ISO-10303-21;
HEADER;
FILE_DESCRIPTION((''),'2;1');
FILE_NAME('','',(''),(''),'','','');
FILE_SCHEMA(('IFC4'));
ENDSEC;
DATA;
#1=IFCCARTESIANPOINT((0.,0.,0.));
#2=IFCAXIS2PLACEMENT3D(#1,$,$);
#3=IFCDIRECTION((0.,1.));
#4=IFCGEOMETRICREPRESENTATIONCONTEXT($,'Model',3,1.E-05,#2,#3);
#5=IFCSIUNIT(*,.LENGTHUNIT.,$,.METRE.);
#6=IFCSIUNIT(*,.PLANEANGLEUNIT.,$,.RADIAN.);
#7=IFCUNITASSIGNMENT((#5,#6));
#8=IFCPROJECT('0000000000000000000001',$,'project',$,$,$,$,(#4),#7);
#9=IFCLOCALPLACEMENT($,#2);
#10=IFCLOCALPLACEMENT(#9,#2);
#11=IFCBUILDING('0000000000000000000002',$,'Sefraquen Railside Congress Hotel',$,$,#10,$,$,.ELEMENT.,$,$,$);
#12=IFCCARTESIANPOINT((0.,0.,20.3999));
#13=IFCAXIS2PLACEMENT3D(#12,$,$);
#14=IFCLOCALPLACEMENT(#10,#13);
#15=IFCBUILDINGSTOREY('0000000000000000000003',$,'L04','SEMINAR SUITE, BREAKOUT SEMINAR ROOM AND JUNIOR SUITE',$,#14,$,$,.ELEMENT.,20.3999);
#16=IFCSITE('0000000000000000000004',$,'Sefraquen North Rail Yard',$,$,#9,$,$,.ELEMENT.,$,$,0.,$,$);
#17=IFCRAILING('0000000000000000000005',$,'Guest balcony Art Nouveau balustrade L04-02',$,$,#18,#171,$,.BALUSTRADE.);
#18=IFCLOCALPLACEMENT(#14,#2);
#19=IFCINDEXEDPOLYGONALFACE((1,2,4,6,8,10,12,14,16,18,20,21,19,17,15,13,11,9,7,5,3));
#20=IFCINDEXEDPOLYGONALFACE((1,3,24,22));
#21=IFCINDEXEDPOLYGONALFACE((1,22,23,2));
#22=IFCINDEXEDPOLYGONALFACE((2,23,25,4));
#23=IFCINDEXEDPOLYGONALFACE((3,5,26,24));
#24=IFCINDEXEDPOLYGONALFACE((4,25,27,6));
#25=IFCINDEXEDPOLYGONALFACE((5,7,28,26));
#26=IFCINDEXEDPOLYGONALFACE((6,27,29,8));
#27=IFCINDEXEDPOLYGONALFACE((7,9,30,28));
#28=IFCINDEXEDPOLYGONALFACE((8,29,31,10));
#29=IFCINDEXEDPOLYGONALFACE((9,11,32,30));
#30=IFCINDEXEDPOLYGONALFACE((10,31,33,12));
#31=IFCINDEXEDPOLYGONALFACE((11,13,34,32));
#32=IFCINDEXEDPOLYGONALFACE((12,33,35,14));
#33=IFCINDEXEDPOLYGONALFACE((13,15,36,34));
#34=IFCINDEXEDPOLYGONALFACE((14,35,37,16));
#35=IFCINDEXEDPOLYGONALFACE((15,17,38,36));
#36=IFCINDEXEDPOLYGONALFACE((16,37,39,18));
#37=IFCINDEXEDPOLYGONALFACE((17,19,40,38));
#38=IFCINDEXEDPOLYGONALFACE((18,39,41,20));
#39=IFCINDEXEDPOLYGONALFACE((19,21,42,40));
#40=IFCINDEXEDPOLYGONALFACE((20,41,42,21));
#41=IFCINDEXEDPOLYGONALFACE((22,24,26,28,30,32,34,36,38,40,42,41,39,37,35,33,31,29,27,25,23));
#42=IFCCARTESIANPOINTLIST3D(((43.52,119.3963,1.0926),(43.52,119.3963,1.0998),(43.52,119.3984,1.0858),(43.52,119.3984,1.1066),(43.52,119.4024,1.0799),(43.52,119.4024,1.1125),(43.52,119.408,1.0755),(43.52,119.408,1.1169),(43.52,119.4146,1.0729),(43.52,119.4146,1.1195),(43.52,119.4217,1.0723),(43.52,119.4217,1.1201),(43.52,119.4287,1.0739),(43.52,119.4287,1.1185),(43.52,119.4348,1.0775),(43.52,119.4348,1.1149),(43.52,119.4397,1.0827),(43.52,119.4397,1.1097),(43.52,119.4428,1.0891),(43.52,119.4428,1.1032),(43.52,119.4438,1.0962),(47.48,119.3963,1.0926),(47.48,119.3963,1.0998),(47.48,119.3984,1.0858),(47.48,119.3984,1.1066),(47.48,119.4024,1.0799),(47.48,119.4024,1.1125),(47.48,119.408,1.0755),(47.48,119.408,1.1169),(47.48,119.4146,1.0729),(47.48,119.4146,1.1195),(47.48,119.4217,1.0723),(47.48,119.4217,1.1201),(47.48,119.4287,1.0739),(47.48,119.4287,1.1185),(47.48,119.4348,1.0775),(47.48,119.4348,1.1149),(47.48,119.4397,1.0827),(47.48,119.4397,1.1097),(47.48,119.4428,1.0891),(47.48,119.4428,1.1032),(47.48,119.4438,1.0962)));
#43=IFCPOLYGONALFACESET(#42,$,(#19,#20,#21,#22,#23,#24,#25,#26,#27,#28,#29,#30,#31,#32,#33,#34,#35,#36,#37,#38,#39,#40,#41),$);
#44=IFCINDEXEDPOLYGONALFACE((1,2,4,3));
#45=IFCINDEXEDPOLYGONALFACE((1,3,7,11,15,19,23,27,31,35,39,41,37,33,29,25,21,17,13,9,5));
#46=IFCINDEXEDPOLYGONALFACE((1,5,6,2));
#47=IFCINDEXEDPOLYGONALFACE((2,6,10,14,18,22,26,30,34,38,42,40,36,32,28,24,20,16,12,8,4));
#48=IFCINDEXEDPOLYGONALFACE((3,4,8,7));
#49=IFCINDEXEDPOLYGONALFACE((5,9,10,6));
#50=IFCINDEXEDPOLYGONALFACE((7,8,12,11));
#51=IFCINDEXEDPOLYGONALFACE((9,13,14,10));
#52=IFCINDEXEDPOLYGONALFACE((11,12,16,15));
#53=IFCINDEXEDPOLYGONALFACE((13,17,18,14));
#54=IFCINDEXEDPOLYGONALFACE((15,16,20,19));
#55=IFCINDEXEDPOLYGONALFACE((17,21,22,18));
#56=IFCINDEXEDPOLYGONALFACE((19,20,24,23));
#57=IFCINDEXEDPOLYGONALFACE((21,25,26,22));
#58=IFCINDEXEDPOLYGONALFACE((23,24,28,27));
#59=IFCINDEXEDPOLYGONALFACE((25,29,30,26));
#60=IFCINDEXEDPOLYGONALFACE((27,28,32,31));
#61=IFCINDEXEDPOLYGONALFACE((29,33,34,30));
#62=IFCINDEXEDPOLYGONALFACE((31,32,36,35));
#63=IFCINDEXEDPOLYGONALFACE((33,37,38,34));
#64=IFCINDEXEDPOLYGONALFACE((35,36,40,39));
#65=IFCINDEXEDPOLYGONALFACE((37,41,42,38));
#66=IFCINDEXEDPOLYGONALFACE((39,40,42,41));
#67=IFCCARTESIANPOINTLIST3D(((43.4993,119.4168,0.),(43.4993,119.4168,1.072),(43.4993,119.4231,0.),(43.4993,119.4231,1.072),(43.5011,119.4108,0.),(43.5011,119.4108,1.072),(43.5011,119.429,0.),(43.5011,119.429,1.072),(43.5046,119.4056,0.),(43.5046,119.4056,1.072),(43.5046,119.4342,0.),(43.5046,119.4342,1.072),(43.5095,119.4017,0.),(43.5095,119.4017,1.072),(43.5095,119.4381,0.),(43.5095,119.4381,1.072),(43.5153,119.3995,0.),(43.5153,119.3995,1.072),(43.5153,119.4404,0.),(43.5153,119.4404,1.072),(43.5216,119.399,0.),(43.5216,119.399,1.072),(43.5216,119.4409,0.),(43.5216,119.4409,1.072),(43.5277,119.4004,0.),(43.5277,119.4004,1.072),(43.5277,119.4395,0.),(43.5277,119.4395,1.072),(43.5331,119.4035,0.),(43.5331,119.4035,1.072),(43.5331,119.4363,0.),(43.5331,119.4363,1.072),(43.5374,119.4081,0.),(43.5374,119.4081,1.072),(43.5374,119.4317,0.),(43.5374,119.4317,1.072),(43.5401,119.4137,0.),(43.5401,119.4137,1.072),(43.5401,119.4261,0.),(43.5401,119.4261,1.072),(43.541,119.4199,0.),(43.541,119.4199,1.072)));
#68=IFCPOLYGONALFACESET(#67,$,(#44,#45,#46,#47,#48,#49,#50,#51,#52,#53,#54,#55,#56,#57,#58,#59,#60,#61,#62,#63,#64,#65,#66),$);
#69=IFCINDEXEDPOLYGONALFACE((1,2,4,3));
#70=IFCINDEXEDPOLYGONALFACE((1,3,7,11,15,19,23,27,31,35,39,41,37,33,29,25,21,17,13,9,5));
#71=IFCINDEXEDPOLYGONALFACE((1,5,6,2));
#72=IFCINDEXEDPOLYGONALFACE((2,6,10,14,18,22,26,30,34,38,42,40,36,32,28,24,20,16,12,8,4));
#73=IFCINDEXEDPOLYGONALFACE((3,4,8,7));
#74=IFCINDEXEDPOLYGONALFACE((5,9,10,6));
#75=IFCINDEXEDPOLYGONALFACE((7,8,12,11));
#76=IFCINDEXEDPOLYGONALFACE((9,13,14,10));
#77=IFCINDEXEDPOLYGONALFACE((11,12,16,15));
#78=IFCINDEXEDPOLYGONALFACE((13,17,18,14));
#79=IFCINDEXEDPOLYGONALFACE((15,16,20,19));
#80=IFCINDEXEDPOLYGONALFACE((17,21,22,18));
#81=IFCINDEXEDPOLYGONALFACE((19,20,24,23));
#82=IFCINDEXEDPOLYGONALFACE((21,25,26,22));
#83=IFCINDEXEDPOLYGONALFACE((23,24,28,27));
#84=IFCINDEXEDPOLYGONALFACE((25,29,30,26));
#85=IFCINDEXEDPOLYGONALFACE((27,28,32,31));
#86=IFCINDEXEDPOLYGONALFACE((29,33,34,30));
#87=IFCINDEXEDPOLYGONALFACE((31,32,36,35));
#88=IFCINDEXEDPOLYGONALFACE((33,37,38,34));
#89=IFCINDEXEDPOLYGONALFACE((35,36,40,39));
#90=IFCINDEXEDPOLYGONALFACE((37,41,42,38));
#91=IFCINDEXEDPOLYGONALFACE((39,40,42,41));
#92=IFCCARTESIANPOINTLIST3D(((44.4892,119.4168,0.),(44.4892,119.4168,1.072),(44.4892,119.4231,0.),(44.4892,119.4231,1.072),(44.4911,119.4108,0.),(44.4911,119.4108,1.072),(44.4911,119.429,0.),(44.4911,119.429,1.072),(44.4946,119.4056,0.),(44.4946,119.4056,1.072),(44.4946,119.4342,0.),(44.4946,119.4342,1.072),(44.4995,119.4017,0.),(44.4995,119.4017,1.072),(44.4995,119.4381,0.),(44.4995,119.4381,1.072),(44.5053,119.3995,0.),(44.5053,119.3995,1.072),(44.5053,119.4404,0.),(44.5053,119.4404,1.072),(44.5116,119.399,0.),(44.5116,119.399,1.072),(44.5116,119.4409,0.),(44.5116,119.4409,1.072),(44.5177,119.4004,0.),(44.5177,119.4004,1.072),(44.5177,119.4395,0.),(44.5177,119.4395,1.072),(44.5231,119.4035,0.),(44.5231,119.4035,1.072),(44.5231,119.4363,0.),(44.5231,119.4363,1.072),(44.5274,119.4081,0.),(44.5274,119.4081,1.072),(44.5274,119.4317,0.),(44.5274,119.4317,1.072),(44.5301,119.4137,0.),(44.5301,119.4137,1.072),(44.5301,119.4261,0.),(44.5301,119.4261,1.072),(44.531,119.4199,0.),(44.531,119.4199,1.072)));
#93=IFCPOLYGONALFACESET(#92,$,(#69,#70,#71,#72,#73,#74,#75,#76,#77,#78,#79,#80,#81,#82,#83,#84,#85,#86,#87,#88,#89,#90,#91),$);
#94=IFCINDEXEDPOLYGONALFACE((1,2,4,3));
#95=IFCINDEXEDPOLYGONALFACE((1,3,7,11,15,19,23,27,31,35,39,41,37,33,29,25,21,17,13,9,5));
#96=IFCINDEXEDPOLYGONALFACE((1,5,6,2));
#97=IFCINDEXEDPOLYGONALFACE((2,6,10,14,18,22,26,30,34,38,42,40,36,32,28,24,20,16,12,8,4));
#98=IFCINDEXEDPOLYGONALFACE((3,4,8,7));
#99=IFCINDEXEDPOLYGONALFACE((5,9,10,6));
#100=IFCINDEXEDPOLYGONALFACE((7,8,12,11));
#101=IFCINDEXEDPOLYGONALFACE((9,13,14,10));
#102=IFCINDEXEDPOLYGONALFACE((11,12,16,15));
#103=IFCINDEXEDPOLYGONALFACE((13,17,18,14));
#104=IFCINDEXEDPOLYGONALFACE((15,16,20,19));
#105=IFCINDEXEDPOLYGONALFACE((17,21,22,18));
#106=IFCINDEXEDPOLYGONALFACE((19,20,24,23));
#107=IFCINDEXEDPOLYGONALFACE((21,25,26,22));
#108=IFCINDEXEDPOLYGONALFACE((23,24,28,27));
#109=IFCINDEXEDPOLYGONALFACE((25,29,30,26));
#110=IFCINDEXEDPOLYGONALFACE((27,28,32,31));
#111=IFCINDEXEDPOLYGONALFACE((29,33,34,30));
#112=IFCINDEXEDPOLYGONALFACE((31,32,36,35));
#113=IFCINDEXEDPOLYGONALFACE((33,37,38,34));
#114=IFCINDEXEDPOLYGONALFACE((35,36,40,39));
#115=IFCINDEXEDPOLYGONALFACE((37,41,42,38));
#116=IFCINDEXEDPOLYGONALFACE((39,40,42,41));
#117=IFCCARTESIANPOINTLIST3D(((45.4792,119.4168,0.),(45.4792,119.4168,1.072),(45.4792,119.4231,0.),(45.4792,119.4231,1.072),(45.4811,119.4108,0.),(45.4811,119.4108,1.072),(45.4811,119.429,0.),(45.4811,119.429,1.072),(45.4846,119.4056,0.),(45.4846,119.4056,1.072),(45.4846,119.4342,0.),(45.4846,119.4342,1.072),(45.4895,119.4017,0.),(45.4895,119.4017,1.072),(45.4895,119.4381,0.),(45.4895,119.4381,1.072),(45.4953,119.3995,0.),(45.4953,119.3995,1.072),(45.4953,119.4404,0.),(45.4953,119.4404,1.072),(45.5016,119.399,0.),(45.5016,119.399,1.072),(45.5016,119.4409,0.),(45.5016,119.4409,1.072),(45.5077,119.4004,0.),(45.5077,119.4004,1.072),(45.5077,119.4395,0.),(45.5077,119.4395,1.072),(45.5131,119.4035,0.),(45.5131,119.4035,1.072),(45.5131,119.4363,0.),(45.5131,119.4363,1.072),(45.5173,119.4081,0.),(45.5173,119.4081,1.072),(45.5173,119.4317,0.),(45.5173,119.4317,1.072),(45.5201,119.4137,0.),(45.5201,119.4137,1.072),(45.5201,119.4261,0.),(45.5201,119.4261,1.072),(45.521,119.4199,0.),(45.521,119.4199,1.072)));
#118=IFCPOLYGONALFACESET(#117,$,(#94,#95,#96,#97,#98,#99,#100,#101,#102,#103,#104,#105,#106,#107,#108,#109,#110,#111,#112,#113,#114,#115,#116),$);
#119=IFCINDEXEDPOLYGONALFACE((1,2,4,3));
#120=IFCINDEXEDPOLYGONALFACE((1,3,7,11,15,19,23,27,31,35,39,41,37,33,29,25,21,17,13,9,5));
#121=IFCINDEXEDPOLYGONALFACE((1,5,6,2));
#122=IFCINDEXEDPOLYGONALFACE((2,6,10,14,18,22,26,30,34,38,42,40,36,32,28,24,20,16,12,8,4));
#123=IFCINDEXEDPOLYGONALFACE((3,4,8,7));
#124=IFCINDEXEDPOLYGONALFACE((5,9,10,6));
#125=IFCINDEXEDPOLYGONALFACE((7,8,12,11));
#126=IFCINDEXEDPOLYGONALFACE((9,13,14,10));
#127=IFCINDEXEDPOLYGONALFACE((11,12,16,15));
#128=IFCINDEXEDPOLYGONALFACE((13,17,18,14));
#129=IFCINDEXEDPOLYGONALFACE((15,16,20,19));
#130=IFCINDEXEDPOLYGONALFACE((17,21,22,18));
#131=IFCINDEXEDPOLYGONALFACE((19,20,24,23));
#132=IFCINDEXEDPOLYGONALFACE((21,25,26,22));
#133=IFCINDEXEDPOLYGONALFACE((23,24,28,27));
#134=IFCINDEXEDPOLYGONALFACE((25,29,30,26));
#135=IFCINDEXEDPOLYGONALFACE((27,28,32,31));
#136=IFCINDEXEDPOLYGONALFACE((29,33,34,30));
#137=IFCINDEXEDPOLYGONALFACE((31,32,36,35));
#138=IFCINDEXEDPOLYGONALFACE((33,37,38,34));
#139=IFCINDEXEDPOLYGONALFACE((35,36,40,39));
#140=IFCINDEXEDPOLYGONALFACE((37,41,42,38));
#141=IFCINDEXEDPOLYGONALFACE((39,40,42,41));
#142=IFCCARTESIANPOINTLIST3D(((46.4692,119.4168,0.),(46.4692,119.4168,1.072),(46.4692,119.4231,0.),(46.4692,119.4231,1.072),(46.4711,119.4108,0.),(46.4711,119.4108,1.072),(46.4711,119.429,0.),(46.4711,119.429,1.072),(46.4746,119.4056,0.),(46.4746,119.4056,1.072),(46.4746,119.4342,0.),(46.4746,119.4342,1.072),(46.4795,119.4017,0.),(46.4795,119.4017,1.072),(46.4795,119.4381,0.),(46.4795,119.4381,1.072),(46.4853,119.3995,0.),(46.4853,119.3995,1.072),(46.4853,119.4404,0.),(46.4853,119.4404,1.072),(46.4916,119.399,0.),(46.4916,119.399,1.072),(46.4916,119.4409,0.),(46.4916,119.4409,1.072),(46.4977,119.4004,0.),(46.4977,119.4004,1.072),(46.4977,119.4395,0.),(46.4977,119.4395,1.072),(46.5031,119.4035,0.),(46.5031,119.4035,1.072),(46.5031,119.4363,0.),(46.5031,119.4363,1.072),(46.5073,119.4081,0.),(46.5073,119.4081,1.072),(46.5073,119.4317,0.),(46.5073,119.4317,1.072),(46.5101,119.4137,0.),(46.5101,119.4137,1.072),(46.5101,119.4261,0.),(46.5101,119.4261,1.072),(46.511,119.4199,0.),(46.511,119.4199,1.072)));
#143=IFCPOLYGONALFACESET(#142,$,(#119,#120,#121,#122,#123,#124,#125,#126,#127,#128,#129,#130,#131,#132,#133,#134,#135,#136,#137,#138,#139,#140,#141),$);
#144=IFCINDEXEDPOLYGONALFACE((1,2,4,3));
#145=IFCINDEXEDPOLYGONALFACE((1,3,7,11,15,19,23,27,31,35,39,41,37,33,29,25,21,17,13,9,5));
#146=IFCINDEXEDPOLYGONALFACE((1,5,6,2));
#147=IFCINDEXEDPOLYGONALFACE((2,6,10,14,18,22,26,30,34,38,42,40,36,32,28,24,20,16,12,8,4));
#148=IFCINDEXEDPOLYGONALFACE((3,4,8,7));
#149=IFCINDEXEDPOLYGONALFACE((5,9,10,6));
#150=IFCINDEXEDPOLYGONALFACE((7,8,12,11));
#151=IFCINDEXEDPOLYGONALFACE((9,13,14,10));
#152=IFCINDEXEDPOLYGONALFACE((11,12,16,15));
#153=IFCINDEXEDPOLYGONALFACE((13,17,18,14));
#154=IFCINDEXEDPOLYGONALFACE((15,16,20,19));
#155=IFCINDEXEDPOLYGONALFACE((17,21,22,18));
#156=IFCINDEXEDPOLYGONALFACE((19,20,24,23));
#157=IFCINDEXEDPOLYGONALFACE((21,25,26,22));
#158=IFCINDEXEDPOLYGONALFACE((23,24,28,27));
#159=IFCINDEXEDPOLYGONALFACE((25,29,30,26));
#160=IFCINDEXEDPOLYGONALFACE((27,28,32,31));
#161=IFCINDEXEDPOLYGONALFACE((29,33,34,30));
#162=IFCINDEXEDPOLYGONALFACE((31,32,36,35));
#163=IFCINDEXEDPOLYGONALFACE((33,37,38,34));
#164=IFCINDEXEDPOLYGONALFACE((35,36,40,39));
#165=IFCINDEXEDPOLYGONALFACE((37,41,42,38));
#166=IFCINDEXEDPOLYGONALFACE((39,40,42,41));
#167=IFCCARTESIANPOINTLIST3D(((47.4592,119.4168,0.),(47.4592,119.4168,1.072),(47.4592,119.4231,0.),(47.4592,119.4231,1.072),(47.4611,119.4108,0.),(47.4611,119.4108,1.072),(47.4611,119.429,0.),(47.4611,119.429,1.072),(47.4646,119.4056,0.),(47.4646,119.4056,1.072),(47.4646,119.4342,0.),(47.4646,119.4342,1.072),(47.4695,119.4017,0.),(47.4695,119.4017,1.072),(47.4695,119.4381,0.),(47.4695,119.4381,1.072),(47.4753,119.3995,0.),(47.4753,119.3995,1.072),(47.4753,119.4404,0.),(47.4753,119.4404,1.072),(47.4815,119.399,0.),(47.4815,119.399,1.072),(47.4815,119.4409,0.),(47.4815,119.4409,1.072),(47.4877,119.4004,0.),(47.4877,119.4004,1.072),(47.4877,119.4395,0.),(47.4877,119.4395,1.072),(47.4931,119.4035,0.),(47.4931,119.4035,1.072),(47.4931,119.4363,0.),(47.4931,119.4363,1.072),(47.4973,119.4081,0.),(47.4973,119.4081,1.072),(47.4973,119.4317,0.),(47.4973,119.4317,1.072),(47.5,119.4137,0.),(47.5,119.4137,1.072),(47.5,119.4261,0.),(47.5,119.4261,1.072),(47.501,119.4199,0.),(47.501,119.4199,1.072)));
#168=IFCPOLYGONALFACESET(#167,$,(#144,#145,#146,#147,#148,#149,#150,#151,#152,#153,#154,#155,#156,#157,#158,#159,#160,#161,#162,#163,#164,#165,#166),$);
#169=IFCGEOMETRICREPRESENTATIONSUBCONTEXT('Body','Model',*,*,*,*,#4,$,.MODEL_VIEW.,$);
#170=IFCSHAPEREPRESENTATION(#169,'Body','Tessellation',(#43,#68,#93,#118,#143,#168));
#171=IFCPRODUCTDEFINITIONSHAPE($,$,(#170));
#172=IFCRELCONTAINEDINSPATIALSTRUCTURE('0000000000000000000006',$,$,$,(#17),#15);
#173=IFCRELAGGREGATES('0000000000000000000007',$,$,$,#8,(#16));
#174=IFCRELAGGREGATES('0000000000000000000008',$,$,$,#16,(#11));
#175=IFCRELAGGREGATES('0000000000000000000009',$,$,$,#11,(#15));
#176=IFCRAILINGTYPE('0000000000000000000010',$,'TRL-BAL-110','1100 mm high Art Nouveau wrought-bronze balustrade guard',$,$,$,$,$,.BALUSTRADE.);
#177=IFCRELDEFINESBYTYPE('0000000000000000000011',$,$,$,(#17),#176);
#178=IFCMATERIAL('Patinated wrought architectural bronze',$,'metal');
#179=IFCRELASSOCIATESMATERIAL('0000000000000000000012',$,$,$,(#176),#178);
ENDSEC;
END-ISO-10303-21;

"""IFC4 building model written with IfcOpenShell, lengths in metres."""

from ifc_helpers import new_model, si_unit, direction, frame, origin, origin_2d, place, context, subcontext, project, spatial, circle, extrude, material, type_object, element, save


model = new_model("IFC4")

# Units and contexts
model_context = context("Model", 3, precision=1e-05, world=origin(), true_north=direction((0.0, 1.0)))
body_context = subcontext(model_context, "Body", "Model", "MODEL_VIEW")
ifc_project = project(units=[si_unit("LENGTHUNIT", "METRE"), si_unit("PLANEANGLEUNIT", "RADIAN")], contexts=[model_context])

# Site, building, storey
site_placement = place(None, origin())
site = spatial("IfcSite", under=ifc_project, at=site_placement, Name="Sefraquen North Rail Yard", CompositionType="ELEMENT", RefElevation=0.0)
building_placement = place(site_placement, origin())
building = spatial("IfcBuilding", under=site, at=building_placement, Name="Sefraquen Railside Congress Hotel", CompositionType="ELEMENT")
storey_placement = place(building_placement, frame((0.0, 0.0, 20.3999)))
storey = spatial("IfcBuildingStorey", under=building, at=storey_placement, Name="L04", Description="SEMINAR SUITE, BREAKOUT SEMINAR ROOM AND JUNIOR SUITE", CompositionType="ELEMENT", Elevation=20.3999)

# Railing
ifc_material_1 = material(Name="Patinated wrought architectural bronze", Category="metal")
railing_type = type_object("IfcRailingType", Name="TRL-BAL-110", Description="1100 mm high Art Nouveau wrought-bronze balustrade guard", PredefinedType="BALUSTRADE", material=ifc_material_1)
railing_1_placement = place(storey_placement, frame((43.52, 119.4199, 0.0)))
element("IfcRailing", 1, at=railing_1_placement, inside=storey, type_object=railing_type, Name="Guest balcony Art Nouveau balustrade L04-02", PredefinedType="BALUSTRADE", context=body_context, shape_type="SweptSolid", body=[
    extrude(circle(Radius=0.0239, at=origin_2d()), frame((0.0, 0.0, 1.0962), z_axis=(1.0, 0.0, 0.0), x_axis=(0.0, 1.0, 0.0)), (0.0, 0.0, 1.0), 3.96),
    extrude(circle(Radius=0.021, at=origin_2d()), origin(), (0.0, 0.0, 1.0), 1.072),
    extrude(circle(Radius=0.021, at=origin_2d()), frame((0.99, 0.0, 0.0)), (0.0, 0.0, 1.0), 1.072),
    extrude(circle(Radius=0.021, at=origin_2d()), frame((1.98, 0.0, 0.0)), (0.0, 0.0, 1.0), 1.072),
    extrude(circle(Radius=0.021, at=origin_2d()), frame((2.97, 0.0, 0.0)), (0.0, 0.0, 1.0), 1.072),
    extrude(circle(Radius=0.021, at=origin_2d()), frame((3.96, 0.0, 0.0)), (0.0, 0.0, 1.0), 1.072),
])

save(model, "model.ifc")
